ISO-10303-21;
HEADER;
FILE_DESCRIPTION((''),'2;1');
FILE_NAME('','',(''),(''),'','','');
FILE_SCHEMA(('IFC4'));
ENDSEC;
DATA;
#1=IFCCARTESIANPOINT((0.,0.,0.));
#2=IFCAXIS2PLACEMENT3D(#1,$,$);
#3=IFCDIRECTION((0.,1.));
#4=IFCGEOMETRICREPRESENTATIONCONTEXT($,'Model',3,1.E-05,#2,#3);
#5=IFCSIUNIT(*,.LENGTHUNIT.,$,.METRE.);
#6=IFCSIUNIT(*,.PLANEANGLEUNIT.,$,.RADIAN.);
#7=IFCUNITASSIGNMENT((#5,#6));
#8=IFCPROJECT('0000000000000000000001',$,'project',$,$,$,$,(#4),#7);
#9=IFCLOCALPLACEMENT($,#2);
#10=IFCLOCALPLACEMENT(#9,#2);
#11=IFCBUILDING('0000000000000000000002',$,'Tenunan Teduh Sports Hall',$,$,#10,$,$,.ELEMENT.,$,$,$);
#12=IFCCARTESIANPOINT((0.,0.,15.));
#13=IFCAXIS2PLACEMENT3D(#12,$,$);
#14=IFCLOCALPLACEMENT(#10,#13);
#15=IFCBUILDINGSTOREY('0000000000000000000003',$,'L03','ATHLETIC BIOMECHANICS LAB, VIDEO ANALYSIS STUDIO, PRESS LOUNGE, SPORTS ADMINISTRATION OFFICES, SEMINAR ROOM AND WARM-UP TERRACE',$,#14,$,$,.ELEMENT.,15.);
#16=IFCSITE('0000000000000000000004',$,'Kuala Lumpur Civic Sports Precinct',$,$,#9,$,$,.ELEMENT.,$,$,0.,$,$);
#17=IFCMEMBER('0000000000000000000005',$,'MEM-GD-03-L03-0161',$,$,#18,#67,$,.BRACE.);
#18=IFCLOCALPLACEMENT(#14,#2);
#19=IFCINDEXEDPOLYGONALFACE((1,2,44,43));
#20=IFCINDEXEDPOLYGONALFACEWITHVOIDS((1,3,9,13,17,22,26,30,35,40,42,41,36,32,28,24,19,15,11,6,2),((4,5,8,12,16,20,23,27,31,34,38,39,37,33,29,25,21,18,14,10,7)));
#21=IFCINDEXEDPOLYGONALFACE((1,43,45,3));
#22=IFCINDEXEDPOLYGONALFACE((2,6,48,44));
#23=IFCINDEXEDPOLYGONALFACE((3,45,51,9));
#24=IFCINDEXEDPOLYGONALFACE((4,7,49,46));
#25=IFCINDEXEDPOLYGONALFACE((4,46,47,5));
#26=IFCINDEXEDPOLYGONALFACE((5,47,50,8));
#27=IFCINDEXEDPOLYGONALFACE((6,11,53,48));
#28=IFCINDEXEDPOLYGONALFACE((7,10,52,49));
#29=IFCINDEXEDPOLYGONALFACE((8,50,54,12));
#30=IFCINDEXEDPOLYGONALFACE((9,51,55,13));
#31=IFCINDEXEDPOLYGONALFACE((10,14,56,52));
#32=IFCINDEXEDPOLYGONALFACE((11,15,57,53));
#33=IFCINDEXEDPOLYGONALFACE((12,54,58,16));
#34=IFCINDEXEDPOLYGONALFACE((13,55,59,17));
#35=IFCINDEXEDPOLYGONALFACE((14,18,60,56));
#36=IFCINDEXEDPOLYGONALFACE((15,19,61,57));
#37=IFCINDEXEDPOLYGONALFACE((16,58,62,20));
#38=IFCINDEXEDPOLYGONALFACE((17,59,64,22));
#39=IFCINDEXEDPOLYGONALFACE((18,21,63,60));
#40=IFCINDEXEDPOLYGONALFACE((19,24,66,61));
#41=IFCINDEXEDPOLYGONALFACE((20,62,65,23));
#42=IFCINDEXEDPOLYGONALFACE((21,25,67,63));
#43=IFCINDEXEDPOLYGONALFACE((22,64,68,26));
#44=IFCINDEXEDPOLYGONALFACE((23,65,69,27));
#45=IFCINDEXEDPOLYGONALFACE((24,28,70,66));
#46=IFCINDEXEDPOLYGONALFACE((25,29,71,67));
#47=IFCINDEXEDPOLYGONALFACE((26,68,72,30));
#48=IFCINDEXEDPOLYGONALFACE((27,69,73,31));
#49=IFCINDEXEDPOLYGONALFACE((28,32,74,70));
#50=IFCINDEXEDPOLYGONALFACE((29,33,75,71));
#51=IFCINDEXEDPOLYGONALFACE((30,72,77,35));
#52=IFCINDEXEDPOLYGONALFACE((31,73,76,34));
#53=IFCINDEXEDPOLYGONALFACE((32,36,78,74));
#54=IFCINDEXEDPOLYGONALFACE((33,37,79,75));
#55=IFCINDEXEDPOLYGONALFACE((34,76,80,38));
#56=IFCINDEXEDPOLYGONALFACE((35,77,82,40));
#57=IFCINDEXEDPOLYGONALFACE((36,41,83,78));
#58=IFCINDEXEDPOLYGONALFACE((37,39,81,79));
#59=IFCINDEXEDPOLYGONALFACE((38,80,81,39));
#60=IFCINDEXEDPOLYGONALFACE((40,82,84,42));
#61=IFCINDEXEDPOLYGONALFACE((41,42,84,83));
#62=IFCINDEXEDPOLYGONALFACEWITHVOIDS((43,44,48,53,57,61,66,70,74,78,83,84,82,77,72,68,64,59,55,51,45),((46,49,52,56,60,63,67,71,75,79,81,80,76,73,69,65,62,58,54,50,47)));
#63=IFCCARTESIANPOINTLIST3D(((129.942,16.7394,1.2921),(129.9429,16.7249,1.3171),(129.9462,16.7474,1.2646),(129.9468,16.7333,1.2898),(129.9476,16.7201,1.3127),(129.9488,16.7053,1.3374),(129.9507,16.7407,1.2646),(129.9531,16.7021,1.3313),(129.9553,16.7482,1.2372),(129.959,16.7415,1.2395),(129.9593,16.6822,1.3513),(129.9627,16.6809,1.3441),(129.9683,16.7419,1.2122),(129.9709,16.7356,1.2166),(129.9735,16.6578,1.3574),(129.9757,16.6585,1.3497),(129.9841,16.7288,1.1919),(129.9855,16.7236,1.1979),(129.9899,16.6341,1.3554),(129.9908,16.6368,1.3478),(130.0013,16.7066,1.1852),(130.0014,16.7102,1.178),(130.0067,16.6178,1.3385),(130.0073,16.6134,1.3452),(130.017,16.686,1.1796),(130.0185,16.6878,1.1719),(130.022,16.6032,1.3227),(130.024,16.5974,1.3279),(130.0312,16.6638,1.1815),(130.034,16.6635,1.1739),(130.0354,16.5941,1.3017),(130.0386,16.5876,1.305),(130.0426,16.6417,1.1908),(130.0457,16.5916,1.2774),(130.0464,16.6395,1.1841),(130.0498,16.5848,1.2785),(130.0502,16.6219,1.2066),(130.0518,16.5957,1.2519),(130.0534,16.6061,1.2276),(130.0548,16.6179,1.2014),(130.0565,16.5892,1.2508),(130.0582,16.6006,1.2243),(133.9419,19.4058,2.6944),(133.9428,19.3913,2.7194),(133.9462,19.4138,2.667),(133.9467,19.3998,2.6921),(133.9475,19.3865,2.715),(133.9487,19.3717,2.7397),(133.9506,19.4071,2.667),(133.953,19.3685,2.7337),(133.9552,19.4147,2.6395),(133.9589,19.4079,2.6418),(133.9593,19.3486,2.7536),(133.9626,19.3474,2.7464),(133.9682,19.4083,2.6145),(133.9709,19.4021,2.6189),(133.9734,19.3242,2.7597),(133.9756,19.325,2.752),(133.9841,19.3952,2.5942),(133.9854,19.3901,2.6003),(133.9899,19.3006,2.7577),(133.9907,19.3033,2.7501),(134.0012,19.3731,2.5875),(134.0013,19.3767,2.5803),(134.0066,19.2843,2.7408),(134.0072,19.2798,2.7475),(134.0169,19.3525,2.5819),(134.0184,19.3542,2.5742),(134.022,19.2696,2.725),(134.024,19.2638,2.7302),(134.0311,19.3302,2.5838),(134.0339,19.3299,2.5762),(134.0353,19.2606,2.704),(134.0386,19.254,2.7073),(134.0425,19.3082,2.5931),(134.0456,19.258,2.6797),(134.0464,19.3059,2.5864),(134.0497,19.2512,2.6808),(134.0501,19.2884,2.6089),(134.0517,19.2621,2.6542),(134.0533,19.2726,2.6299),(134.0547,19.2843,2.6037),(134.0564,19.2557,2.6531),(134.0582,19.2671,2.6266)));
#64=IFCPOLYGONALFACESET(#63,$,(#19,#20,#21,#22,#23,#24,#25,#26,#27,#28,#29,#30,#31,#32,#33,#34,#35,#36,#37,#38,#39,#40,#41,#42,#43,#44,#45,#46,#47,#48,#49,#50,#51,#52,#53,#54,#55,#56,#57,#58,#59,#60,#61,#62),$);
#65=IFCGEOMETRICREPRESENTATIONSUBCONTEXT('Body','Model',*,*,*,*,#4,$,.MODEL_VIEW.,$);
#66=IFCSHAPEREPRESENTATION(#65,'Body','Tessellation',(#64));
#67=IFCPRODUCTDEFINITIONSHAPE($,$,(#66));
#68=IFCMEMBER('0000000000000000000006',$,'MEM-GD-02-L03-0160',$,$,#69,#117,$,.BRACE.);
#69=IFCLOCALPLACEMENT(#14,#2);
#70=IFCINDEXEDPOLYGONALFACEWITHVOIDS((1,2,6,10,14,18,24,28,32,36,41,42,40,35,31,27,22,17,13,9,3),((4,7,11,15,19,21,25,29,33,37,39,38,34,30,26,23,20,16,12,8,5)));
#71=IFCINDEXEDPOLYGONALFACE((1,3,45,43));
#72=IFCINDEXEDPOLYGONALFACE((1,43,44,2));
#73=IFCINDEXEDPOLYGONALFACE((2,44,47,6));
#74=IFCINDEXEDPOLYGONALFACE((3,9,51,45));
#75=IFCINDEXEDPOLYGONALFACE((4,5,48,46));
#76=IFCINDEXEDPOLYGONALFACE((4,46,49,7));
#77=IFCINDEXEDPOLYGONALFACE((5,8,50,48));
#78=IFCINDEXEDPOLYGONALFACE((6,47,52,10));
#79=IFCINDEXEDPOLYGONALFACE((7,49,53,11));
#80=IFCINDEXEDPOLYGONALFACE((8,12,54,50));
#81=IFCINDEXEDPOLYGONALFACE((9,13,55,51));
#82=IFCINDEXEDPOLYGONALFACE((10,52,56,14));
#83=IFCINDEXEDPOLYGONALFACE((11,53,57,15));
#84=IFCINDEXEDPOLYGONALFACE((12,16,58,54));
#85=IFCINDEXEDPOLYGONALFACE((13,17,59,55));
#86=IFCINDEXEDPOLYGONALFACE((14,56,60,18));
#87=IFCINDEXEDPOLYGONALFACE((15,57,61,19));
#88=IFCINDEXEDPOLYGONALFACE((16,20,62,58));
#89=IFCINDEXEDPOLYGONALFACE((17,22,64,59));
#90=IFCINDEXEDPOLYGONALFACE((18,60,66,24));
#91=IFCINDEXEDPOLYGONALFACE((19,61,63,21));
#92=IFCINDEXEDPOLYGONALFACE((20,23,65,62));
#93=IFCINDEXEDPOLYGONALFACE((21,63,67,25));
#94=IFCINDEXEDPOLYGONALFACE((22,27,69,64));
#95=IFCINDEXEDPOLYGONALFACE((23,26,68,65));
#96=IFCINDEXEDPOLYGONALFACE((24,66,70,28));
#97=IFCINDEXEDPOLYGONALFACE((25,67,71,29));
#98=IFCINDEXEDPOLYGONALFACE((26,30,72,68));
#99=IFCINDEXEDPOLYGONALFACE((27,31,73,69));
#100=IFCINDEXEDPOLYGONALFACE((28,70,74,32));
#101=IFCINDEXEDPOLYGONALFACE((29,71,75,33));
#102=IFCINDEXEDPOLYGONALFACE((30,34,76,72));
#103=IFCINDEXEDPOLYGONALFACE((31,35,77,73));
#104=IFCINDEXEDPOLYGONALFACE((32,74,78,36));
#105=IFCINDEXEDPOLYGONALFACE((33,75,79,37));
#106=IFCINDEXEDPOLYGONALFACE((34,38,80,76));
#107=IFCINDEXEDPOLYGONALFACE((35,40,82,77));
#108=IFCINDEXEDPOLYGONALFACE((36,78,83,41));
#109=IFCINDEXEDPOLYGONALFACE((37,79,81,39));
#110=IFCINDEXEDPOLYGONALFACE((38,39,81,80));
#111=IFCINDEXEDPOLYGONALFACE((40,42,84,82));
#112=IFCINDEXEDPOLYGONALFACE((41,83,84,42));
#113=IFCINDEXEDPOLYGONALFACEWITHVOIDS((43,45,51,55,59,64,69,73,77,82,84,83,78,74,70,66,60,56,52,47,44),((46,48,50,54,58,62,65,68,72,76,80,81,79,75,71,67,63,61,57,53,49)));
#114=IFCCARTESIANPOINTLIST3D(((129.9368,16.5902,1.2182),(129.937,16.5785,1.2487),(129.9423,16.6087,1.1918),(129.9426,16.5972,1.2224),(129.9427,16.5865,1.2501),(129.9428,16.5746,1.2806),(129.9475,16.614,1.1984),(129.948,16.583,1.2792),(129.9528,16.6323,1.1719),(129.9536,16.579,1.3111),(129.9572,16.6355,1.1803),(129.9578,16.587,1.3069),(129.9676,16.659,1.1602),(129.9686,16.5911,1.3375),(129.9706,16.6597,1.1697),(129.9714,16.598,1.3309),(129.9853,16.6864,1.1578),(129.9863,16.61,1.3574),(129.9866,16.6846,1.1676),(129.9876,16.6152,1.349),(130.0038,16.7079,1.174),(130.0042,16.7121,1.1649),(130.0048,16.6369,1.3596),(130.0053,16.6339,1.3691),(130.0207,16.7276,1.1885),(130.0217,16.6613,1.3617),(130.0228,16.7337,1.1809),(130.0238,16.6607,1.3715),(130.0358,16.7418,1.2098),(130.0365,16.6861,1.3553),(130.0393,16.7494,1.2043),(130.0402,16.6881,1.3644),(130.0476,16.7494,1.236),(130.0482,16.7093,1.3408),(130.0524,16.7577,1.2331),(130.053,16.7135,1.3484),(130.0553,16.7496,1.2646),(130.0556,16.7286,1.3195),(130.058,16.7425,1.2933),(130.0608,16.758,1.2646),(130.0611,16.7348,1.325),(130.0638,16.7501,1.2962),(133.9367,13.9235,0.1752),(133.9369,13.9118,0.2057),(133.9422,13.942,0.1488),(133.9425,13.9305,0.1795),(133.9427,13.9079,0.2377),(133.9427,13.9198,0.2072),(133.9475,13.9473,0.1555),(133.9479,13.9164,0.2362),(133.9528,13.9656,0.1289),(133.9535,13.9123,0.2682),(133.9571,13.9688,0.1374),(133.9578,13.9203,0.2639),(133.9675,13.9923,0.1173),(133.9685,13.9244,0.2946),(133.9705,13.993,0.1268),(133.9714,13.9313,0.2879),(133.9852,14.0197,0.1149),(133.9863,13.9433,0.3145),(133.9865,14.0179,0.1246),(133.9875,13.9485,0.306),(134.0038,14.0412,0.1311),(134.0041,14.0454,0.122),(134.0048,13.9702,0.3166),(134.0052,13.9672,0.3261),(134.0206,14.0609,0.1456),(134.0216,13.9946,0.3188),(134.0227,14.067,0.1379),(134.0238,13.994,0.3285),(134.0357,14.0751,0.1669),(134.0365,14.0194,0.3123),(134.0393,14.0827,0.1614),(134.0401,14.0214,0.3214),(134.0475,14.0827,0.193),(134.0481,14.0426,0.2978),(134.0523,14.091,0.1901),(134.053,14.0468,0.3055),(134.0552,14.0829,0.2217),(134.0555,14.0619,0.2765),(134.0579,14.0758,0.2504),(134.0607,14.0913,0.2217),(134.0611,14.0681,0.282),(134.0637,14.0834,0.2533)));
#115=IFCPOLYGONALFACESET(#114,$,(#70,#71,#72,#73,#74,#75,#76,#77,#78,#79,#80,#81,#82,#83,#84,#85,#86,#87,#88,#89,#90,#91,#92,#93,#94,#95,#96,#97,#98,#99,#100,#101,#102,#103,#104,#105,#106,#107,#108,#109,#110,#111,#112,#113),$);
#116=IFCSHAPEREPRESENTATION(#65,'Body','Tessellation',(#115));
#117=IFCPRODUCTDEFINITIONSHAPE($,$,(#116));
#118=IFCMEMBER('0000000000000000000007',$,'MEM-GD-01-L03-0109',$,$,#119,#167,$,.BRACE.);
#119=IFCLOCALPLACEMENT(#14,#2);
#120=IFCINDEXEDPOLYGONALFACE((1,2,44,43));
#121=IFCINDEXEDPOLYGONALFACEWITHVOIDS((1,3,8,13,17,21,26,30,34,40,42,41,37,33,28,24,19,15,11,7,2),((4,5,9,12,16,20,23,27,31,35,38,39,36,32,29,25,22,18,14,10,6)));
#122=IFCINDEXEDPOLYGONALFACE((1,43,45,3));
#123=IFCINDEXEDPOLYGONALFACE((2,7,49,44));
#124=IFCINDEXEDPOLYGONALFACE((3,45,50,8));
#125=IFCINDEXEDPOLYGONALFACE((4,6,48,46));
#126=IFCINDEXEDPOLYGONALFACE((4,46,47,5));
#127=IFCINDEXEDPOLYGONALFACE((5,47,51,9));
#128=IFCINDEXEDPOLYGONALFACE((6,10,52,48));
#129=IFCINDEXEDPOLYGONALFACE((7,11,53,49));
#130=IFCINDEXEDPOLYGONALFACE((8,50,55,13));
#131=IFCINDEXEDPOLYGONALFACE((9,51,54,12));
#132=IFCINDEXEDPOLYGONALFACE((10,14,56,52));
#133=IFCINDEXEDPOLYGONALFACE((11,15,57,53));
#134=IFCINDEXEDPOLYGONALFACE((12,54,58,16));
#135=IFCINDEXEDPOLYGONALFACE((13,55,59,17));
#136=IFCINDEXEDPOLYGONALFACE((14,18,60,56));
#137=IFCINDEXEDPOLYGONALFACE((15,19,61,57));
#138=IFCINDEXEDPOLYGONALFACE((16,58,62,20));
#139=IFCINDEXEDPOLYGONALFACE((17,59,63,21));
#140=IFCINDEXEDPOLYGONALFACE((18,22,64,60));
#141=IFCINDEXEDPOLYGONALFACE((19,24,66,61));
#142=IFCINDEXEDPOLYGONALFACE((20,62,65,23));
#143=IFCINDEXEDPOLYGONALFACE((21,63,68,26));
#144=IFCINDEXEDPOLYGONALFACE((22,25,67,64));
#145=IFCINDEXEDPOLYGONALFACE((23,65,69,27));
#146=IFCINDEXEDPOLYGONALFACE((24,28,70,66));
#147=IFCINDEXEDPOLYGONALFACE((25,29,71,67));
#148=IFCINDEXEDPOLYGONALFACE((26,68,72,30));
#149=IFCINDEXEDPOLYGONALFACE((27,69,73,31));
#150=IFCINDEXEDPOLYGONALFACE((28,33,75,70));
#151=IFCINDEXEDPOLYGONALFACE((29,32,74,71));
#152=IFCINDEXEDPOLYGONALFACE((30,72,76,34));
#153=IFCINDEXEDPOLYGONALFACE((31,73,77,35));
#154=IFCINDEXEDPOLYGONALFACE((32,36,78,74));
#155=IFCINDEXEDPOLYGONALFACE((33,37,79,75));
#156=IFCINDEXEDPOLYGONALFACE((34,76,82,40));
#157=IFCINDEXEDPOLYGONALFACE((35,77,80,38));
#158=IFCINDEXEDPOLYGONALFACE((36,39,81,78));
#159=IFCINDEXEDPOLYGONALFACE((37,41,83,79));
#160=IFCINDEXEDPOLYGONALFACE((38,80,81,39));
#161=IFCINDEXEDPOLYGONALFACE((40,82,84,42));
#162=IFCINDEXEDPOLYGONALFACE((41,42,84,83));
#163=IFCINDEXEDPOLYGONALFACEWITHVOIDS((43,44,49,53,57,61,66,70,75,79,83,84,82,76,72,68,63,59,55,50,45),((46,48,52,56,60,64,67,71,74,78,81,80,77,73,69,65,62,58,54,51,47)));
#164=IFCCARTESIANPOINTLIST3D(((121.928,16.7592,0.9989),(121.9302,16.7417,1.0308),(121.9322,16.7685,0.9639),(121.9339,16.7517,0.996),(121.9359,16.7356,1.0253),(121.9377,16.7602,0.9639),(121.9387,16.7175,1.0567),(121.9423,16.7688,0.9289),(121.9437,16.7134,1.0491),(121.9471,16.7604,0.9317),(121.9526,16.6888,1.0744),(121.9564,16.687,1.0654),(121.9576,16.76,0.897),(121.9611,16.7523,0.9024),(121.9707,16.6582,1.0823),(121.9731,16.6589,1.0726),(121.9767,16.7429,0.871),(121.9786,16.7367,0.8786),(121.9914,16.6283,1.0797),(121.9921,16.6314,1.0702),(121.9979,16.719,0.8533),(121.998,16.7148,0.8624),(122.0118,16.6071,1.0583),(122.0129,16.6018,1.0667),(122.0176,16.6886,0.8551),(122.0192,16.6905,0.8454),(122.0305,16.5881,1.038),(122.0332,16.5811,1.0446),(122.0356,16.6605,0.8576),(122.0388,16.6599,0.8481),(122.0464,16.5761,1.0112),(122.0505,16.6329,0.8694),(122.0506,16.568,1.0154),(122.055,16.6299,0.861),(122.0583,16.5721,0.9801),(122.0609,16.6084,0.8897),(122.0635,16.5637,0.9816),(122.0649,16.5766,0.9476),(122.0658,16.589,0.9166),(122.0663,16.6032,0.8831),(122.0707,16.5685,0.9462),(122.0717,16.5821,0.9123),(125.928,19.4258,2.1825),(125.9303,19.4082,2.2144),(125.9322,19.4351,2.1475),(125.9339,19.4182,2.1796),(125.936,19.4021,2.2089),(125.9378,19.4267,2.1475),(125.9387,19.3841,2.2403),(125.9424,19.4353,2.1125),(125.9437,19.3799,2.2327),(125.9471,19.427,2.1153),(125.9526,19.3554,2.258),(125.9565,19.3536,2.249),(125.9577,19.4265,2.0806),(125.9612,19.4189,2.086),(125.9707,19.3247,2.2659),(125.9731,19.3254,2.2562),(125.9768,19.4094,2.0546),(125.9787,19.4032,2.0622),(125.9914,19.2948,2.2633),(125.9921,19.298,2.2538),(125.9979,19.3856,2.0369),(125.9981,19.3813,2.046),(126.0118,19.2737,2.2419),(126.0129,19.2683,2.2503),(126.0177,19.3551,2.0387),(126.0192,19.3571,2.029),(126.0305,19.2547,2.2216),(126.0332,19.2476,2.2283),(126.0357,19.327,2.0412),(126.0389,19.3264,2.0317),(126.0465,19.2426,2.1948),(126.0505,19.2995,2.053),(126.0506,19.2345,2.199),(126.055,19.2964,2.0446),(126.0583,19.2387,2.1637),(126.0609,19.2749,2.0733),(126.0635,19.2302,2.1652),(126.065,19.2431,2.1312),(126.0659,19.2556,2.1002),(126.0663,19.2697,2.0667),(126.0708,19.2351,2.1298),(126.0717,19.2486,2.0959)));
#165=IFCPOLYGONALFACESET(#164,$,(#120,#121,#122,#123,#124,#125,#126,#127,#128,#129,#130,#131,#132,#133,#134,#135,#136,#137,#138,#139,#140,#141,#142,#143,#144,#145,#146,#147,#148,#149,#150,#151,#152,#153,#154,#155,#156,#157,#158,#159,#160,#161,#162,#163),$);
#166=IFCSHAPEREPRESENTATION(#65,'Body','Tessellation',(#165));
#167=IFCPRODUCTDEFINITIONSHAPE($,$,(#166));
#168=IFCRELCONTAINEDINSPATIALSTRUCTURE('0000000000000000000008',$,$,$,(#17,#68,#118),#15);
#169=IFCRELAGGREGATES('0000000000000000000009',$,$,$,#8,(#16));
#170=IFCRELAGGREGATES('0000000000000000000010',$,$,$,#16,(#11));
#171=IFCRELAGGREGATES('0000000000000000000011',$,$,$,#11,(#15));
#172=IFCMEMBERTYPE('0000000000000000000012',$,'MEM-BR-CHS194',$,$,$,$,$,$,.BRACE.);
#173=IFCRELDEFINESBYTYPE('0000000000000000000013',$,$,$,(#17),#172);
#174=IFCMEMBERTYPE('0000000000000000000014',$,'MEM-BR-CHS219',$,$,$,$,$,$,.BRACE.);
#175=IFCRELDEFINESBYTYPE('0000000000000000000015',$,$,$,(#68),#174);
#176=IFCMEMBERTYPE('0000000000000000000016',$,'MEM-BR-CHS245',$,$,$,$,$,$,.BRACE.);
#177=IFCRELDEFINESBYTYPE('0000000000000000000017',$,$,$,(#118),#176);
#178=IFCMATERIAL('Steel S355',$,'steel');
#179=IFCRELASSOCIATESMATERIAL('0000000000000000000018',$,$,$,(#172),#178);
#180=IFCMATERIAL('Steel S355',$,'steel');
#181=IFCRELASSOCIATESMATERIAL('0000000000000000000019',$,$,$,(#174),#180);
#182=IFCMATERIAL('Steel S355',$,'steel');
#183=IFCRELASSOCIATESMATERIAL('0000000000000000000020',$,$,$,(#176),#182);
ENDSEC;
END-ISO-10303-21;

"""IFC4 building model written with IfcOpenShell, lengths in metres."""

from ifc_helpers import new_model, si_unit, direction, frame, origin, origin_2d, place, context, subcontext, project, spatial, hollow_circle, extrude, material, material_profile, profile_set, type_object, element, save


model = new_model("IFC4")

# Units and contexts
model_context = context("Model", 3, precision=1e-05, world=origin(), true_north=direction((0.0, 1.0)))
body_context = subcontext(model_context, "Body", "Model", "MODEL_VIEW")
ifc_project = project(units=[si_unit("LENGTHUNIT", "METRE"), si_unit("PLANEANGLEUNIT", "RADIAN")], contexts=[model_context])

# Site, building, storey
site_placement = place(None, origin())
site = spatial("IfcSite", under=ifc_project, at=site_placement, Name="Kuala Lumpur Civic Sports Precinct", CompositionType="ELEMENT", RefElevation=0.0)
building_placement = place(site_placement, origin())
building = spatial("IfcBuilding", under=site, at=building_placement, Name="Tenunan Teduh Sports Hall", CompositionType="ELEMENT")
storey_placement = place(building_placement, frame((0.0, 0.0, 15.0)))
storey = spatial("IfcBuildingStorey", under=building, at=storey_placement, Name="L03", Description="ATHLETIC BIOMECHANICS LAB, VIDEO ANALYSIS STUDIO, PRESS LOUNGE, SPORTS ADMINISTRATION OFFICES, SEMINAR ROOM AND WARM-UP TERRACE", CompositionType="ELEMENT", Elevation=15.0)

# Members
ifc_material_1 = material(Name="Steel S355", Category="steel")
ifc_material_profile_1 = material_profile(ifc_material_1, hollow_circle(Radius=0.0969, WallThickness=0.0081, at=origin_2d()), Name="CHS 193.7x8.0")
ifc_profile_set_1 = profile_set([ifc_material_profile_1], Name="Steel S355")
member_type_1 = type_object("IfcMemberType", Name="MEM-BR-CHS194", PredefinedType="BRACE", material=ifc_profile_set_1)
member_1_placement = place(storey_placement, frame((130.0, 16.6667, 1.2646), z_axis=(0.798774, 0.532483, 0.280039), x_axis=(-0.554677, 0.832066, 0.0)))
element("IfcMember", 1, at=member_1_placement, inside=storey, type_object=member_type_1, Name="MEM-GD-03-L03-0161", PredefinedType="BRACE", context=body_context, shape_type="SweptSolid", body=[
    extrude(hollow_circle(Radius=0.0969, WallThickness=0.0081, at=origin_2d()), origin(), (0.0, 0.0, 1.0), 5.0076),
])
ifc_material_2 = material(Name="Steel S355", Category="steel")
ifc_material_profile_2 = material_profile(ifc_material_2, hollow_circle(Radius=0.1096, WallThickness=0.01, at=origin_2d()), Name="CHS 219.1x10.0")
ifc_profile_set_2 = profile_set([ifc_material_profile_2], Name="Steel S355")
member_type_2 = type_object("IfcMemberType", Name="MEM-BR-CHS219", PredefinedType="BRACE", material=ifc_profile_set_2)
member_2_placement = place(storey_placement, frame((130.0, 16.6667, 1.2646), z_axis=(0.813127, -0.542101, -0.212016), x_axis=(0.554712, 0.832042, 0.0)))
element("IfcMember", 2, at=member_2_placement, inside=storey, type_object=member_type_2, Name="MEM-GD-02-L03-0160", PredefinedType="BRACE", context=body_context, shape_type="SweptSolid", body=[
    extrude(hollow_circle(Radius=0.1096, WallThickness=0.01, at=origin_2d()), origin(), (0.0, 0.0, 1.0), 4.9192),
])
ifc_material_3 = material(Name="Steel S355", Category="steel")
ifc_material_profile_3 = material_profile(ifc_material_3, hollow_circle(Radius=0.1223, WallThickness=0.01, at=origin_2d()), Name="CHS 244.5x10.0")
ifc_profile_set_3 = profile_set([ifc_material_profile_3], Name="Steel S355")
member_type_3 = type_object("IfcMemberType", Name="MEM-BR-CHS245", PredefinedType="BRACE", material=ifc_profile_set_3)
member_3_placement = place(storey_placement, frame((122.0, 16.6667, 0.9639), z_axis=(0.807938, 0.538593, 0.239068), x_axis=(-0.554677, 0.832066, 0.0)))
element("IfcMember", 3, at=member_3_placement, inside=storey, type_object=member_type_3, Name="MEM-GD-01-L03-0109", PredefinedType="BRACE", context=body_context, shape_type="SweptSolid", body=[
    extrude(hollow_circle(Radius=0.1223, WallThickness=0.01, at=origin_2d()), origin(), (0.0, 0.0, 1.0), 4.9509),
])

save(model, "model.ifc")
